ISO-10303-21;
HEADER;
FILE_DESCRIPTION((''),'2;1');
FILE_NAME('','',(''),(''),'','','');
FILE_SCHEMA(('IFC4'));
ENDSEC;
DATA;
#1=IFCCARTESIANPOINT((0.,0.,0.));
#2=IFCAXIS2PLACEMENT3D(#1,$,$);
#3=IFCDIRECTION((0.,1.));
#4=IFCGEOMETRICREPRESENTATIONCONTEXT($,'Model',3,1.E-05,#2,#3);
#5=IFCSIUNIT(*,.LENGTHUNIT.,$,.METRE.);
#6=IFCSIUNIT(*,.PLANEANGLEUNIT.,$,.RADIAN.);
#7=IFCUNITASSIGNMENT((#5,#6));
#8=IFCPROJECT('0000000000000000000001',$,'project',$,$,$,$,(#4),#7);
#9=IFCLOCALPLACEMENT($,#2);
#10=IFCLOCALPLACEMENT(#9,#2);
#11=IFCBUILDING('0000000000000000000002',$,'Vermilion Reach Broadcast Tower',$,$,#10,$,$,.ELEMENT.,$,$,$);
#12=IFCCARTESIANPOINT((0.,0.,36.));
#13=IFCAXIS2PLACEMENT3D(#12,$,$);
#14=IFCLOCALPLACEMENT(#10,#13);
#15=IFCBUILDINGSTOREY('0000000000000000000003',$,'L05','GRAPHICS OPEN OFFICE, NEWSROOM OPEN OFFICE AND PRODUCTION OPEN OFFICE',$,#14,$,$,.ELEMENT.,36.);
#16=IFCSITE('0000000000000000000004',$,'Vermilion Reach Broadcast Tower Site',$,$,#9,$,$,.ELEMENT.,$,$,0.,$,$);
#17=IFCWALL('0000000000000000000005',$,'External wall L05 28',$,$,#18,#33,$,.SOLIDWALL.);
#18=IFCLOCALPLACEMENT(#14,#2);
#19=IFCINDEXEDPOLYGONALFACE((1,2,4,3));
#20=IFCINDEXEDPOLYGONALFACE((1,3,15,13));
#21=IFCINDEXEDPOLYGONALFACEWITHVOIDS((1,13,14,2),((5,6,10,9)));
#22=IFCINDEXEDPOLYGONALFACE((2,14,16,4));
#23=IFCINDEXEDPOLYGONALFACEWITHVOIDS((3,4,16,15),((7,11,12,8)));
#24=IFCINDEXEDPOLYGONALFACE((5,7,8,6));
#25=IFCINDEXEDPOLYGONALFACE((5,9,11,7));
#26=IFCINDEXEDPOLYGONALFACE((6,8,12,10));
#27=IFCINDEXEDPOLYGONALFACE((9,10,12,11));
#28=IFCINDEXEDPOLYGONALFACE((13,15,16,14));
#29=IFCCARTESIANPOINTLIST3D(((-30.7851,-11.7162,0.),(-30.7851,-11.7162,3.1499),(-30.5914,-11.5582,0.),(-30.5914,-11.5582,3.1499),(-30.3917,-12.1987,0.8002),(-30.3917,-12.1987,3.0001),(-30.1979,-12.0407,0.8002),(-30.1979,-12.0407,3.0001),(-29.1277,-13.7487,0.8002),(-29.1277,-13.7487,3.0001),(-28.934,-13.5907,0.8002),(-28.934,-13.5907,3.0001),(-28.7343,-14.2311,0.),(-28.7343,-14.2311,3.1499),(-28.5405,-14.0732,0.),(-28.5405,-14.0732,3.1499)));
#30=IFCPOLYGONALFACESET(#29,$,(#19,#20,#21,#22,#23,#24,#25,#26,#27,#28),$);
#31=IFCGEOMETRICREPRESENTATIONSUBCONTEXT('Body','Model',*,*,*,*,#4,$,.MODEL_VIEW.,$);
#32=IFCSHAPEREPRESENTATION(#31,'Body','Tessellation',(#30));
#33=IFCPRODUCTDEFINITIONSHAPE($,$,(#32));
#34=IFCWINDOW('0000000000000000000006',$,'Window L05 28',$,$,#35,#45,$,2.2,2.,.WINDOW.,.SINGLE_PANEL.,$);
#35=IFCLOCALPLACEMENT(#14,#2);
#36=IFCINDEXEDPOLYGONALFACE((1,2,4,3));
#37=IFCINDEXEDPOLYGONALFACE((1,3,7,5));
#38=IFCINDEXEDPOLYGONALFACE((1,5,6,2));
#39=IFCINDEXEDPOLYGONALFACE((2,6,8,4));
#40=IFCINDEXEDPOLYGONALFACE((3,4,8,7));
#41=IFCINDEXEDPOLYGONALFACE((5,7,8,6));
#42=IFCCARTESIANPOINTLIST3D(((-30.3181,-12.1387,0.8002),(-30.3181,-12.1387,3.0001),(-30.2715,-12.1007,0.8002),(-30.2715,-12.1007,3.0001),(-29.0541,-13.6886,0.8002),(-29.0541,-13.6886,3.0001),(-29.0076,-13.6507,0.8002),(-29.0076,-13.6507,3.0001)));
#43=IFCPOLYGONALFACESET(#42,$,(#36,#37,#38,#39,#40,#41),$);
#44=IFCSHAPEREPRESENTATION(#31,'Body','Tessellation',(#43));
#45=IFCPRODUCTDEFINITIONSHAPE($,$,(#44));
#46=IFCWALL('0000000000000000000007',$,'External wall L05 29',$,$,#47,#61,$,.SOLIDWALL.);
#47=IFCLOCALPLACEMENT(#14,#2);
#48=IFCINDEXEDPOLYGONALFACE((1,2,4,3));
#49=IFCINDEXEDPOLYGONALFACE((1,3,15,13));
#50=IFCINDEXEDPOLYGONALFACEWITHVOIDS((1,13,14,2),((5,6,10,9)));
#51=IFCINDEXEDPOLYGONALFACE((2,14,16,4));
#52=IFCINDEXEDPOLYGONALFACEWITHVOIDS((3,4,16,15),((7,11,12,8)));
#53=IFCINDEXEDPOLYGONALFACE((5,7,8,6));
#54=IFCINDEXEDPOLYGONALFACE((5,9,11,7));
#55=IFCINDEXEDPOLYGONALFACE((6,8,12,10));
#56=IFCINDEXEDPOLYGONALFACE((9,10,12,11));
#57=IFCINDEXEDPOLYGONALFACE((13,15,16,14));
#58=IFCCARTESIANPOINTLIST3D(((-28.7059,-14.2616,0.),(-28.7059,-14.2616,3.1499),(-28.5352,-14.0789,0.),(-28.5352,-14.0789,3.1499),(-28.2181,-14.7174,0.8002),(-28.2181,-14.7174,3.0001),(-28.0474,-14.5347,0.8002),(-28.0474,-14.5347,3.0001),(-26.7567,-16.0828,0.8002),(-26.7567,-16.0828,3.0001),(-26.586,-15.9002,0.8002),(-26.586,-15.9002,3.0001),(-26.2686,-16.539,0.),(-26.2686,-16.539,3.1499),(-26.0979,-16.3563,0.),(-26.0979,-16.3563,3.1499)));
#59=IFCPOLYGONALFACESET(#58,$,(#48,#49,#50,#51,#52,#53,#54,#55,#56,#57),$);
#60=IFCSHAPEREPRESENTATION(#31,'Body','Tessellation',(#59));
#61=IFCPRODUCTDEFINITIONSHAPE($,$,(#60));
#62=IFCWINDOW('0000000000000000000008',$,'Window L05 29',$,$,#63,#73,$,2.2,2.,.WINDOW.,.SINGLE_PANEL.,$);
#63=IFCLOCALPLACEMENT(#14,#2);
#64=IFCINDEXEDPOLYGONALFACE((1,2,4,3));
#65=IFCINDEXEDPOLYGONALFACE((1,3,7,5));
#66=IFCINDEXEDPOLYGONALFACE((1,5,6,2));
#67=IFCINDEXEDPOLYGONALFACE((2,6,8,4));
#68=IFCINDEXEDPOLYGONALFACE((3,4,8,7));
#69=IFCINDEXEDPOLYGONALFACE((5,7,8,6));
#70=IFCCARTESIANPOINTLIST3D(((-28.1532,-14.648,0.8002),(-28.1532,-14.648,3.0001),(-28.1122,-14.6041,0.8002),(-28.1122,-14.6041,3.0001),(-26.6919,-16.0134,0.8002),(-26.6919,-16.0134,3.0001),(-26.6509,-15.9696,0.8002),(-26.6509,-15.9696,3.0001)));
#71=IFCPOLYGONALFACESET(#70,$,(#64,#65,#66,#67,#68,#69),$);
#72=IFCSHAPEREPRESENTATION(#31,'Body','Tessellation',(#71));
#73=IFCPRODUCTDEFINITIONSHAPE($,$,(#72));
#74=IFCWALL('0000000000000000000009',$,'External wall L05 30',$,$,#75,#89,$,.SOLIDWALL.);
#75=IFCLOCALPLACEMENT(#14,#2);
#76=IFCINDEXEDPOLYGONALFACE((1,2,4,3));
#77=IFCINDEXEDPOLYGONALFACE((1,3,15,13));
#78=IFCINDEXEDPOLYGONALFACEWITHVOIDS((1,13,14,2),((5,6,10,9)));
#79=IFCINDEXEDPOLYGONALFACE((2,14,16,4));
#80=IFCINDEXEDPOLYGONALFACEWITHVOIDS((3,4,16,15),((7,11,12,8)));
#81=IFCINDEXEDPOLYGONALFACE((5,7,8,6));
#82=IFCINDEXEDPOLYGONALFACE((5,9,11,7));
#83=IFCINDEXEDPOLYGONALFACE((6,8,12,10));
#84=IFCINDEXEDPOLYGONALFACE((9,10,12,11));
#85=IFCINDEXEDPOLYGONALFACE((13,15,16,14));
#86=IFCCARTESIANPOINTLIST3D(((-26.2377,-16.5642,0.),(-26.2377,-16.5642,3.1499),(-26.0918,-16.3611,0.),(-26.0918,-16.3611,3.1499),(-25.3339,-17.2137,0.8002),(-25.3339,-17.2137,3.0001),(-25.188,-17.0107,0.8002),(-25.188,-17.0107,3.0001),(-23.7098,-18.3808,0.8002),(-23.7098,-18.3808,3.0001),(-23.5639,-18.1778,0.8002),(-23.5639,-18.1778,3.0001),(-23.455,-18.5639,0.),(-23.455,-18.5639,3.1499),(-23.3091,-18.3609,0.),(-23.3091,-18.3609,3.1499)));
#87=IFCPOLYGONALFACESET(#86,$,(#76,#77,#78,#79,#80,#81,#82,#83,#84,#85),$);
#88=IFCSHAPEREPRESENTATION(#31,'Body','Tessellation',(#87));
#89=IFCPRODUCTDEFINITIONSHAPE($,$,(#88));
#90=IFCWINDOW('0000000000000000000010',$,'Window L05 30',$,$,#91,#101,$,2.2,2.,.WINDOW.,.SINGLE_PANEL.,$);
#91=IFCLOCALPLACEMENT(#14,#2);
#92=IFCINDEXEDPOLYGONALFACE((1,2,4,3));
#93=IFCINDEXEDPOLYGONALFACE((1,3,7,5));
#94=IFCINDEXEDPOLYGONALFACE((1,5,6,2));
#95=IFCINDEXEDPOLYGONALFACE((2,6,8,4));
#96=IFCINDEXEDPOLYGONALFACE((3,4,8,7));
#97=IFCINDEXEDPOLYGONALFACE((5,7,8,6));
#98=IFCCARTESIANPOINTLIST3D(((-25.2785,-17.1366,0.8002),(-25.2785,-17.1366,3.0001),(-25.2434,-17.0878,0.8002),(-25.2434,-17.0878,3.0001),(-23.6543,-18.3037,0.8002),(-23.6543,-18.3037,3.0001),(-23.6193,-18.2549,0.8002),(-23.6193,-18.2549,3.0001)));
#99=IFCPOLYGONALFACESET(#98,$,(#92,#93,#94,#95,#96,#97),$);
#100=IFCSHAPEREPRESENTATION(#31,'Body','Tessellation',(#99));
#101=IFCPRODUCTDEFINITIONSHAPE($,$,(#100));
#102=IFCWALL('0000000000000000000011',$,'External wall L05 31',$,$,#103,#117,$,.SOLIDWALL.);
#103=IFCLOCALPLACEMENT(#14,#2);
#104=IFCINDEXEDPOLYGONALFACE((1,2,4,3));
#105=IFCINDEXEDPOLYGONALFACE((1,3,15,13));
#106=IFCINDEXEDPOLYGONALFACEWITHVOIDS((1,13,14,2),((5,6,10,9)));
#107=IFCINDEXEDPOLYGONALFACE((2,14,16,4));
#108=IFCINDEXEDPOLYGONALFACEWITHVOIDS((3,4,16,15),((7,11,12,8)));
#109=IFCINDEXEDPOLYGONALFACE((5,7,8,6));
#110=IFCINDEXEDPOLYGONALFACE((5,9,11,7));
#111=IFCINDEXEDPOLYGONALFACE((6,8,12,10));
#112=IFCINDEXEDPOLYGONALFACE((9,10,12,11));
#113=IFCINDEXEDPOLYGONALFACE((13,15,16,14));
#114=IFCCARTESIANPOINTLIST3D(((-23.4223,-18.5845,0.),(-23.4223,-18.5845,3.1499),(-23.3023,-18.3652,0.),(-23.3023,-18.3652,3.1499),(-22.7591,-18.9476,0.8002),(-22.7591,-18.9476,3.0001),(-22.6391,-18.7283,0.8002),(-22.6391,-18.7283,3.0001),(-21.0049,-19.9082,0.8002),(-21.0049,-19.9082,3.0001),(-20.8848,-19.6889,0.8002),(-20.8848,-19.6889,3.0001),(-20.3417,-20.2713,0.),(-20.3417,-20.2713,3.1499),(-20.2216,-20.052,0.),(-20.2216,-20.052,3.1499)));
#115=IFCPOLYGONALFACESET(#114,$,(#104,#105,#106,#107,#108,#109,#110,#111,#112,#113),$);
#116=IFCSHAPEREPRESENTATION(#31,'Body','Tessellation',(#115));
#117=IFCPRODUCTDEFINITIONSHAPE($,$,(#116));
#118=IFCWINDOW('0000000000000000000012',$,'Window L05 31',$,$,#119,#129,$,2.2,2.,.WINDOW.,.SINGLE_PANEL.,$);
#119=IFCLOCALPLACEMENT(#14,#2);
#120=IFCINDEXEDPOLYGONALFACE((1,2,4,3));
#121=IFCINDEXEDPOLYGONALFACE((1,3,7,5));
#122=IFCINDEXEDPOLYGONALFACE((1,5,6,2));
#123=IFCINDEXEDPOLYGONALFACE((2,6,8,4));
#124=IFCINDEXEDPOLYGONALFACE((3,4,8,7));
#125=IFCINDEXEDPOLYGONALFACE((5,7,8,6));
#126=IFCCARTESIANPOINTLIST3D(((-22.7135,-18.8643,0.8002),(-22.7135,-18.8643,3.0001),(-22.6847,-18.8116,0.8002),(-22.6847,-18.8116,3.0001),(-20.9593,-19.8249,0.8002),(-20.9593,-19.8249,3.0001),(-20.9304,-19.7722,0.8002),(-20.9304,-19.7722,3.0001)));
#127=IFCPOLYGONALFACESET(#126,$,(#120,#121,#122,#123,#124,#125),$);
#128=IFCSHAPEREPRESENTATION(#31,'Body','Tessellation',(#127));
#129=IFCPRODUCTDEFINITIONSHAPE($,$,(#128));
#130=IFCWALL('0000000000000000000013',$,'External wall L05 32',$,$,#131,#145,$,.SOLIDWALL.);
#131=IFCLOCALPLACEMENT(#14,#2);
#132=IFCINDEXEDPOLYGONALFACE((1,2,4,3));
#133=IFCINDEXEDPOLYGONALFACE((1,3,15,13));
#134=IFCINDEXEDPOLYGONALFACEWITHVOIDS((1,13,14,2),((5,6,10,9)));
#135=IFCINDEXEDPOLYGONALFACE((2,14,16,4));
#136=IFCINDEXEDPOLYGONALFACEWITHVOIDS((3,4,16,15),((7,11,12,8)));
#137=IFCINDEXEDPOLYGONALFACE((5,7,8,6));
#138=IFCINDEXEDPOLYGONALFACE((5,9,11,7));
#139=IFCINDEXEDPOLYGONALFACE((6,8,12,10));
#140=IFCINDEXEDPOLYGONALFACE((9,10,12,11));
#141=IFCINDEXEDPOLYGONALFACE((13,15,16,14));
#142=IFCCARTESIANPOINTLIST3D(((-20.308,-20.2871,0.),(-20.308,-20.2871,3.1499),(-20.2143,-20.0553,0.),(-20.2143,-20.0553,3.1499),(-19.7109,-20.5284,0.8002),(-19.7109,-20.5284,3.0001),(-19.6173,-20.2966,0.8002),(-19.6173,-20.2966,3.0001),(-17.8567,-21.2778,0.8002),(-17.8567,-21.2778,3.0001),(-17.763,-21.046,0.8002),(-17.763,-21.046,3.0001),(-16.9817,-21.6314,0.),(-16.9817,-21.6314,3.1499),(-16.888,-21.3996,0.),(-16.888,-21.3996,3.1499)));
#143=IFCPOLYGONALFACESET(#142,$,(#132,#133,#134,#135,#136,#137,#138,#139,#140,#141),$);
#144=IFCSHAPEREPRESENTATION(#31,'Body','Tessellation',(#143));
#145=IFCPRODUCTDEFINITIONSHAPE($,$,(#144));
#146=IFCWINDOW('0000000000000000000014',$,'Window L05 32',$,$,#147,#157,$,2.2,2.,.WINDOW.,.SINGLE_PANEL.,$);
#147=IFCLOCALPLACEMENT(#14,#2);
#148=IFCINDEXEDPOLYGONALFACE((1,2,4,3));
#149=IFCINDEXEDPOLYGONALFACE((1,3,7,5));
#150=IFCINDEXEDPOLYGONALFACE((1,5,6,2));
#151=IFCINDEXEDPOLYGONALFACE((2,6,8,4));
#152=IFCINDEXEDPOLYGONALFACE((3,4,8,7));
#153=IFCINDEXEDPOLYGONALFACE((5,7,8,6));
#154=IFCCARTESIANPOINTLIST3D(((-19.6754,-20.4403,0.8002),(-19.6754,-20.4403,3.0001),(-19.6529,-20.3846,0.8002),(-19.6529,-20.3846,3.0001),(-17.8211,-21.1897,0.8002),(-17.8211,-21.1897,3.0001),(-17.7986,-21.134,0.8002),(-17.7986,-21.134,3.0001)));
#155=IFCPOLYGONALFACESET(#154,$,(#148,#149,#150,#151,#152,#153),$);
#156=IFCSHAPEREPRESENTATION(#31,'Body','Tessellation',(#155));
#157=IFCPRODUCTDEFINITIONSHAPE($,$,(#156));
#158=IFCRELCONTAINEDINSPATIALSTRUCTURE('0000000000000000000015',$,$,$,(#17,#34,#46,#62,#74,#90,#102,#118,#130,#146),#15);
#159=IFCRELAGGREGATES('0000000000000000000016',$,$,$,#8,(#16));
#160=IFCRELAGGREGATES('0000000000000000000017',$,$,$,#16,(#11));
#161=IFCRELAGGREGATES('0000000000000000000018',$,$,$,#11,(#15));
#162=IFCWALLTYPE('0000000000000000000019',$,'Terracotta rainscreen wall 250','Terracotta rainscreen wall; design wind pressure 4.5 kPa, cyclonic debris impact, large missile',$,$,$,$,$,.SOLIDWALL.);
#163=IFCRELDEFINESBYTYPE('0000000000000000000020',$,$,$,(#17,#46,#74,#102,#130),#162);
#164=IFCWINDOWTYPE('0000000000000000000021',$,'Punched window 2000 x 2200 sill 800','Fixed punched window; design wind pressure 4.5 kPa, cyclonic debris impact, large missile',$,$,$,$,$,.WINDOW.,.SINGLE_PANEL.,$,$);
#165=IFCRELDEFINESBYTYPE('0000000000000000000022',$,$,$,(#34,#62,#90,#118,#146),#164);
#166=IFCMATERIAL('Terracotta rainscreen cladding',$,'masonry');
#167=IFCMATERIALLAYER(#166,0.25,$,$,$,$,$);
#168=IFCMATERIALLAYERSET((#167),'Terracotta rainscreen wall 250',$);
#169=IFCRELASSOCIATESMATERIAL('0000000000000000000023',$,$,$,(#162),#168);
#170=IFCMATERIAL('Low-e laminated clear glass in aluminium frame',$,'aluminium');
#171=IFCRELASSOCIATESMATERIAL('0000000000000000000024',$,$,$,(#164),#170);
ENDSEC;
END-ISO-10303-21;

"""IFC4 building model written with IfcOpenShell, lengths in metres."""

from ifc_helpers import new_model, si_unit, direction, frame, frame_2d, origin, place, context, subcontext, project, spatial, rectangle, extrude, material, layer, layer_set, type_object, element, fill, save


model = new_model("IFC4")

# Units and contexts
model_context = context("Model", 3, precision=1e-05, world=origin(), true_north=direction((0.0, 1.0)))
body_context = subcontext(model_context, "Body", "Model", "MODEL_VIEW")
ifc_project = project(units=[si_unit("LENGTHUNIT", "METRE"), si_unit("PLANEANGLEUNIT", "RADIAN")], contexts=[model_context])

# Site, building, storey
site_placement = place(None, origin())
site = spatial("IfcSite", under=ifc_project, at=site_placement, Name="Vermilion Reach Broadcast Tower Site", CompositionType="ELEMENT", RefElevation=0.0)
building_placement = place(site_placement, origin())
building = spatial("IfcBuilding", under=site, at=building_placement, Name="Vermilion Reach Broadcast Tower", CompositionType="ELEMENT")
storey_placement = place(building_placement, frame((0.0, 0.0, 36.0)))
storey = spatial("IfcBuildingStorey", under=building, at=storey_placement, Name="L05", Description="GRAPHICS OPEN OFFICE, NEWSROOM OPEN OFFICE AND PRODUCTION OPEN OFFICE", CompositionType="ELEMENT", Elevation=36.0)

# Walls, openings, windows
ifc_material_1 = material(Name="Terracotta rainscreen cladding", Category="masonry")
ifc_layer_1 = layer(ifc_material_1, 0.25)
ifc_layer_set_1 = layer_set([ifc_layer_1], Name="Terracotta rainscreen wall 250")
wall_type_1 = type_object("IfcWallType", Name="Terracotta rainscreen wall 250", Description="Terracotta rainscreen wall; design wind pressure 4.5 kPa, cyclonic debris impact, large missile", PredefinedType="SOLIDWALL", material=ifc_layer_set_1)
ifc_material_2 = material(Name="Low-e laminated clear glass in aluminium frame", Category="aluminium")
window_type = type_object("IfcWindowType", Name="Punched window 2000 x 2200 sill 800", Description="Fixed punched window; design wind pressure 4.5 kPa, cyclonic debris impact, large missile", PartitioningType="SINGLE_PANEL", PredefinedType="WINDOW", material=ifc_material_2)
wall_1_placement = place(storey_placement, frame((-30.6882, -11.6372, 0.0), z_axis=(0.0, 0.0, 1.0), x_axis=(0.631971, -0.774992, 0.0)))
wall_1 = element("IfcWall", 1, at=wall_1_placement, inside=storey, type_object=wall_type_1, Name="External wall L05 28", PredefinedType="SOLIDWALL", context=body_context, shape_type="SweptSolid", body=[
    extrude(rectangle(XDim=3.2451, YDim=0.25, at=frame_2d((1.6226, 0.0))), origin(), (0.0, 0.0, 1.0), 3.1499),
])
opening_1_placement = place(wall_1_placement, frame((0.6226, 0.0, 0.8)))
opening_1 = element("IfcOpeningElement", 2, at=opening_1_placement, cuts=wall_1, PredefinedType="OPENING", context=body_context, shape_type="SweptSolid", body=[
    extrude(rectangle(XDim=2.0, YDim=2.2, at=frame_2d((1.0, 1.1001))), frame((0.0, 0.135, 0.0), z_axis=(0.0, -1.0, 0.0), x_axis=(1.0, 0.0, 0.0)), (0.0, 0.0, 1.0), 0.27),
])
window_1_placement = place(opening_1_placement, origin())
window_1 = element("IfcWindow", 3, at=window_1_placement, inside=storey, type_object=window_type, Name="Window L05 28", OverallHeight=2.2, OverallWidth=2.0, PartitioningType="SINGLE_PANEL", PredefinedType="WINDOW", context=body_context, shape_type="SweptSolid", body=[
    extrude(rectangle(XDim=2.0, YDim=2.2, at=frame_2d((1.0, 1.1001))), frame((0.0, 0.03, 0.0), z_axis=(0.0, -1.0, 0.0), x_axis=(1.0, 0.0, 0.0)), (0.0, 0.0, 1.0), 0.0601),
])
fill(opening_1, window_1)
wall_2_placement = place(storey_placement, frame((-28.6206, -14.1702, 0.0), z_axis=(0.0, 0.0, 1.0), x_axis=(0.730671, -0.68273, 0.0)))
wall_2 = element("IfcWall", 4, at=wall_2_placement, inside=storey, type_object=wall_type_1, Name="External wall L05 29", PredefinedType="SOLIDWALL", context=body_context, shape_type="SweptSolid", body=[
    extrude(rectangle(XDim=3.3357, YDim=0.25, at=frame_2d((1.668, 0.0))), origin(), (0.0, 0.0, 1.0), 3.1499),
])
opening_2_placement = place(wall_2_placement, frame((0.6677, 0.0, 0.8)))
opening_2 = element("IfcOpeningElement", 5, at=opening_2_placement, cuts=wall_2, PredefinedType="OPENING", context=body_context, shape_type="SweptSolid", body=[
    extrude(rectangle(XDim=2.0, YDim=2.2, at=frame_2d((1.0, 1.1001))), frame((0.0, 0.135, 0.0), z_axis=(0.0, -1.0, 0.0), x_axis=(1.0, 0.0, 0.0)), (0.0, 0.0, 1.0), 0.27),
])
window_2_placement = place(opening_2_placement, origin())
window_2 = element("IfcWindow", 6, at=window_2_placement, inside=storey, type_object=window_type, Name="Window L05 29", OverallHeight=2.2, OverallWidth=2.0, PartitioningType="SINGLE_PANEL", PredefinedType="WINDOW", context=body_context, shape_type="SweptSolid", body=[
    extrude(rectangle(XDim=2.0, YDim=2.2, at=frame_2d((1.0, 1.1001))), frame((0.0, 0.03, 0.0), z_axis=(0.0, -1.0, 0.0), x_axis=(1.0, 0.0, 0.0)), (0.0, 0.0, 1.0), 0.0601),
])
fill(opening_2, window_2)
wall_3_placement = place(storey_placement, frame((-26.1648, -16.4626, 0.0), z_axis=(0.0, 0.0, 1.0), x_axis=(0.81206, -0.583574, 0.0)))
wall_3 = element("IfcWall", 7, at=wall_3_placement, inside=storey, type_object=wall_type_1, Name="External wall L05 30", PredefinedType="SOLIDWALL", context=body_context, shape_type="SweptSolid", body=[
    extrude(rectangle(XDim=3.4268, YDim=0.25, at=frame_2d((1.7134, 0.0))), origin(), (0.0, 0.0, 1.0), 3.1499),
])
opening_3_placement = place(wall_3_placement, frame((1.113, 0.0, 0.8)))
opening_3 = element("IfcOpeningElement", 8, at=opening_3_placement, cuts=wall_3, PredefinedType="OPENING", context=body_context, shape_type="SweptSolid", body=[
    extrude(rectangle(XDim=2.0, YDim=2.2, at=frame_2d((1.0, 1.1001))), frame((0.0, 0.135, 0.0), z_axis=(0.0, -1.0, 0.0), x_axis=(1.0, 0.0, 0.0)), (0.0, 0.0, 1.0), 0.27),
])
window_3_placement = place(opening_3_placement, origin())
window_3 = element("IfcWindow", 9, at=window_3_placement, inside=storey, type_object=window_type, Name="Window L05 30", OverallHeight=2.2, OverallWidth=2.0, PartitioningType="SINGLE_PANEL", PredefinedType="WINDOW", context=body_context, shape_type="SweptSolid", body=[
    extrude(rectangle(XDim=2.0, YDim=2.2, at=frame_2d((1.0, 1.1001))), frame((0.0, 0.03, 0.0), z_axis=(0.0, -1.0, 0.0), x_axis=(1.0, 0.0, 0.0)), (0.0, 0.0, 1.0), 0.0601),
])
fill(opening_3, window_3)
wall_4_placement = place(storey_placement, frame((-23.3623, -18.4749, 0.0), z_axis=(0.0, 0.0, 1.0), x_axis=(0.877121, -0.480269, 0.0)))
wall_4 = element("IfcWall", 10, at=wall_4_placement, inside=storey, type_object=wall_type_1, Name="External wall L05 31", PredefinedType="SOLIDWALL", context=body_context, shape_type="SweptSolid", body=[
    extrude(rectangle(XDim=3.5122, YDim=0.25, at=frame_2d((1.7561, 0.0))), origin(), (0.0, 0.0, 1.0), 3.1499),
])
opening_4_placement = place(wall_4_placement, frame((0.7561, 0.0, 0.8)))
opening_4 = element("IfcOpeningElement", 11, at=opening_4_placement, cuts=wall_4, PredefinedType="OPENING", context=body_context, shape_type="SweptSolid", body=[
    extrude(rectangle(XDim=2.0, YDim=2.2, at=frame_2d((1.0, 1.1001))), frame((0.0, 0.135, 0.0), z_axis=(0.0, -1.0, 0.0), x_axis=(1.0, 0.0, 0.0)), (0.0, 0.0, 1.0), 0.27),
])
window_4_placement = place(opening_4_placement, origin())
window_4 = element("IfcWindow", 12, at=window_4_placement, inside=storey, type_object=window_type, Name="Window L05 31", OverallHeight=2.2, OverallWidth=2.0, PartitioningType="SINGLE_PANEL", PredefinedType="WINDOW", context=body_context, shape_type="SweptSolid", body=[
    extrude(rectangle(XDim=2.0, YDim=2.2, at=frame_2d((1.0, 1.1001))), frame((0.0, 0.03, 0.0), z_axis=(0.0, -1.0, 0.0), x_axis=(1.0, 0.0, 0.0)), (0.0, 0.0, 1.0), 0.0601),
])
fill(opening_4, window_4)
wall_5_placement = place(storey_placement, frame((-20.2612, -20.1711, 0.0), z_axis=(0.0, 0.0, 1.0), x_axis=(0.927147, -0.374697, 0.0)))
wall_5 = element("IfcWall", 13, at=wall_5_placement, inside=storey, type_object=wall_type_1, Name="External wall L05 32", PredefinedType="SOLIDWALL", context=body_context, shape_type="SweptSolid", body=[
    extrude(rectangle(XDim=3.5876, YDim=0.25, at=frame_2d((1.7939, 0.0))), origin(), (0.0, 0.0, 1.0), 3.1499),
])
opening_5_placement = place(wall_5_placement, frame((0.644, 0.0, 0.8)))
opening_5 = element("IfcOpeningElement", 14, at=opening_5_placement, cuts=wall_5, PredefinedType="OPENING", context=body_context, shape_type="SweptSolid", body=[
    extrude(rectangle(XDim=2.0, YDim=2.2, at=frame_2d((1.0, 1.1001))), frame((0.0, 0.135, 0.0), z_axis=(0.0, -1.0, 0.0), x_axis=(1.0, 0.0, 0.0)), (0.0, 0.0, 1.0), 0.27),
])
window_5_placement = place(opening_5_placement, origin())
window_5 = element("IfcWindow", 15, at=window_5_placement, inside=storey, type_object=window_type, Name="Window L05 32", OverallHeight=2.2, OverallWidth=2.0, PartitioningType="SINGLE_PANEL", PredefinedType="WINDOW", context=body_context, shape_type="SweptSolid", body=[
    extrude(rectangle(XDim=2.0, YDim=2.2, at=frame_2d((1.0, 1.1001))), frame((0.0, 0.03, 0.0), z_axis=(0.0, -1.0, 0.0), x_axis=(1.0, 0.0, 0.0)), (0.0, 0.0, 1.0), 0.0601),
])
fill(opening_5, window_5)

save(model, "model.ifc")
